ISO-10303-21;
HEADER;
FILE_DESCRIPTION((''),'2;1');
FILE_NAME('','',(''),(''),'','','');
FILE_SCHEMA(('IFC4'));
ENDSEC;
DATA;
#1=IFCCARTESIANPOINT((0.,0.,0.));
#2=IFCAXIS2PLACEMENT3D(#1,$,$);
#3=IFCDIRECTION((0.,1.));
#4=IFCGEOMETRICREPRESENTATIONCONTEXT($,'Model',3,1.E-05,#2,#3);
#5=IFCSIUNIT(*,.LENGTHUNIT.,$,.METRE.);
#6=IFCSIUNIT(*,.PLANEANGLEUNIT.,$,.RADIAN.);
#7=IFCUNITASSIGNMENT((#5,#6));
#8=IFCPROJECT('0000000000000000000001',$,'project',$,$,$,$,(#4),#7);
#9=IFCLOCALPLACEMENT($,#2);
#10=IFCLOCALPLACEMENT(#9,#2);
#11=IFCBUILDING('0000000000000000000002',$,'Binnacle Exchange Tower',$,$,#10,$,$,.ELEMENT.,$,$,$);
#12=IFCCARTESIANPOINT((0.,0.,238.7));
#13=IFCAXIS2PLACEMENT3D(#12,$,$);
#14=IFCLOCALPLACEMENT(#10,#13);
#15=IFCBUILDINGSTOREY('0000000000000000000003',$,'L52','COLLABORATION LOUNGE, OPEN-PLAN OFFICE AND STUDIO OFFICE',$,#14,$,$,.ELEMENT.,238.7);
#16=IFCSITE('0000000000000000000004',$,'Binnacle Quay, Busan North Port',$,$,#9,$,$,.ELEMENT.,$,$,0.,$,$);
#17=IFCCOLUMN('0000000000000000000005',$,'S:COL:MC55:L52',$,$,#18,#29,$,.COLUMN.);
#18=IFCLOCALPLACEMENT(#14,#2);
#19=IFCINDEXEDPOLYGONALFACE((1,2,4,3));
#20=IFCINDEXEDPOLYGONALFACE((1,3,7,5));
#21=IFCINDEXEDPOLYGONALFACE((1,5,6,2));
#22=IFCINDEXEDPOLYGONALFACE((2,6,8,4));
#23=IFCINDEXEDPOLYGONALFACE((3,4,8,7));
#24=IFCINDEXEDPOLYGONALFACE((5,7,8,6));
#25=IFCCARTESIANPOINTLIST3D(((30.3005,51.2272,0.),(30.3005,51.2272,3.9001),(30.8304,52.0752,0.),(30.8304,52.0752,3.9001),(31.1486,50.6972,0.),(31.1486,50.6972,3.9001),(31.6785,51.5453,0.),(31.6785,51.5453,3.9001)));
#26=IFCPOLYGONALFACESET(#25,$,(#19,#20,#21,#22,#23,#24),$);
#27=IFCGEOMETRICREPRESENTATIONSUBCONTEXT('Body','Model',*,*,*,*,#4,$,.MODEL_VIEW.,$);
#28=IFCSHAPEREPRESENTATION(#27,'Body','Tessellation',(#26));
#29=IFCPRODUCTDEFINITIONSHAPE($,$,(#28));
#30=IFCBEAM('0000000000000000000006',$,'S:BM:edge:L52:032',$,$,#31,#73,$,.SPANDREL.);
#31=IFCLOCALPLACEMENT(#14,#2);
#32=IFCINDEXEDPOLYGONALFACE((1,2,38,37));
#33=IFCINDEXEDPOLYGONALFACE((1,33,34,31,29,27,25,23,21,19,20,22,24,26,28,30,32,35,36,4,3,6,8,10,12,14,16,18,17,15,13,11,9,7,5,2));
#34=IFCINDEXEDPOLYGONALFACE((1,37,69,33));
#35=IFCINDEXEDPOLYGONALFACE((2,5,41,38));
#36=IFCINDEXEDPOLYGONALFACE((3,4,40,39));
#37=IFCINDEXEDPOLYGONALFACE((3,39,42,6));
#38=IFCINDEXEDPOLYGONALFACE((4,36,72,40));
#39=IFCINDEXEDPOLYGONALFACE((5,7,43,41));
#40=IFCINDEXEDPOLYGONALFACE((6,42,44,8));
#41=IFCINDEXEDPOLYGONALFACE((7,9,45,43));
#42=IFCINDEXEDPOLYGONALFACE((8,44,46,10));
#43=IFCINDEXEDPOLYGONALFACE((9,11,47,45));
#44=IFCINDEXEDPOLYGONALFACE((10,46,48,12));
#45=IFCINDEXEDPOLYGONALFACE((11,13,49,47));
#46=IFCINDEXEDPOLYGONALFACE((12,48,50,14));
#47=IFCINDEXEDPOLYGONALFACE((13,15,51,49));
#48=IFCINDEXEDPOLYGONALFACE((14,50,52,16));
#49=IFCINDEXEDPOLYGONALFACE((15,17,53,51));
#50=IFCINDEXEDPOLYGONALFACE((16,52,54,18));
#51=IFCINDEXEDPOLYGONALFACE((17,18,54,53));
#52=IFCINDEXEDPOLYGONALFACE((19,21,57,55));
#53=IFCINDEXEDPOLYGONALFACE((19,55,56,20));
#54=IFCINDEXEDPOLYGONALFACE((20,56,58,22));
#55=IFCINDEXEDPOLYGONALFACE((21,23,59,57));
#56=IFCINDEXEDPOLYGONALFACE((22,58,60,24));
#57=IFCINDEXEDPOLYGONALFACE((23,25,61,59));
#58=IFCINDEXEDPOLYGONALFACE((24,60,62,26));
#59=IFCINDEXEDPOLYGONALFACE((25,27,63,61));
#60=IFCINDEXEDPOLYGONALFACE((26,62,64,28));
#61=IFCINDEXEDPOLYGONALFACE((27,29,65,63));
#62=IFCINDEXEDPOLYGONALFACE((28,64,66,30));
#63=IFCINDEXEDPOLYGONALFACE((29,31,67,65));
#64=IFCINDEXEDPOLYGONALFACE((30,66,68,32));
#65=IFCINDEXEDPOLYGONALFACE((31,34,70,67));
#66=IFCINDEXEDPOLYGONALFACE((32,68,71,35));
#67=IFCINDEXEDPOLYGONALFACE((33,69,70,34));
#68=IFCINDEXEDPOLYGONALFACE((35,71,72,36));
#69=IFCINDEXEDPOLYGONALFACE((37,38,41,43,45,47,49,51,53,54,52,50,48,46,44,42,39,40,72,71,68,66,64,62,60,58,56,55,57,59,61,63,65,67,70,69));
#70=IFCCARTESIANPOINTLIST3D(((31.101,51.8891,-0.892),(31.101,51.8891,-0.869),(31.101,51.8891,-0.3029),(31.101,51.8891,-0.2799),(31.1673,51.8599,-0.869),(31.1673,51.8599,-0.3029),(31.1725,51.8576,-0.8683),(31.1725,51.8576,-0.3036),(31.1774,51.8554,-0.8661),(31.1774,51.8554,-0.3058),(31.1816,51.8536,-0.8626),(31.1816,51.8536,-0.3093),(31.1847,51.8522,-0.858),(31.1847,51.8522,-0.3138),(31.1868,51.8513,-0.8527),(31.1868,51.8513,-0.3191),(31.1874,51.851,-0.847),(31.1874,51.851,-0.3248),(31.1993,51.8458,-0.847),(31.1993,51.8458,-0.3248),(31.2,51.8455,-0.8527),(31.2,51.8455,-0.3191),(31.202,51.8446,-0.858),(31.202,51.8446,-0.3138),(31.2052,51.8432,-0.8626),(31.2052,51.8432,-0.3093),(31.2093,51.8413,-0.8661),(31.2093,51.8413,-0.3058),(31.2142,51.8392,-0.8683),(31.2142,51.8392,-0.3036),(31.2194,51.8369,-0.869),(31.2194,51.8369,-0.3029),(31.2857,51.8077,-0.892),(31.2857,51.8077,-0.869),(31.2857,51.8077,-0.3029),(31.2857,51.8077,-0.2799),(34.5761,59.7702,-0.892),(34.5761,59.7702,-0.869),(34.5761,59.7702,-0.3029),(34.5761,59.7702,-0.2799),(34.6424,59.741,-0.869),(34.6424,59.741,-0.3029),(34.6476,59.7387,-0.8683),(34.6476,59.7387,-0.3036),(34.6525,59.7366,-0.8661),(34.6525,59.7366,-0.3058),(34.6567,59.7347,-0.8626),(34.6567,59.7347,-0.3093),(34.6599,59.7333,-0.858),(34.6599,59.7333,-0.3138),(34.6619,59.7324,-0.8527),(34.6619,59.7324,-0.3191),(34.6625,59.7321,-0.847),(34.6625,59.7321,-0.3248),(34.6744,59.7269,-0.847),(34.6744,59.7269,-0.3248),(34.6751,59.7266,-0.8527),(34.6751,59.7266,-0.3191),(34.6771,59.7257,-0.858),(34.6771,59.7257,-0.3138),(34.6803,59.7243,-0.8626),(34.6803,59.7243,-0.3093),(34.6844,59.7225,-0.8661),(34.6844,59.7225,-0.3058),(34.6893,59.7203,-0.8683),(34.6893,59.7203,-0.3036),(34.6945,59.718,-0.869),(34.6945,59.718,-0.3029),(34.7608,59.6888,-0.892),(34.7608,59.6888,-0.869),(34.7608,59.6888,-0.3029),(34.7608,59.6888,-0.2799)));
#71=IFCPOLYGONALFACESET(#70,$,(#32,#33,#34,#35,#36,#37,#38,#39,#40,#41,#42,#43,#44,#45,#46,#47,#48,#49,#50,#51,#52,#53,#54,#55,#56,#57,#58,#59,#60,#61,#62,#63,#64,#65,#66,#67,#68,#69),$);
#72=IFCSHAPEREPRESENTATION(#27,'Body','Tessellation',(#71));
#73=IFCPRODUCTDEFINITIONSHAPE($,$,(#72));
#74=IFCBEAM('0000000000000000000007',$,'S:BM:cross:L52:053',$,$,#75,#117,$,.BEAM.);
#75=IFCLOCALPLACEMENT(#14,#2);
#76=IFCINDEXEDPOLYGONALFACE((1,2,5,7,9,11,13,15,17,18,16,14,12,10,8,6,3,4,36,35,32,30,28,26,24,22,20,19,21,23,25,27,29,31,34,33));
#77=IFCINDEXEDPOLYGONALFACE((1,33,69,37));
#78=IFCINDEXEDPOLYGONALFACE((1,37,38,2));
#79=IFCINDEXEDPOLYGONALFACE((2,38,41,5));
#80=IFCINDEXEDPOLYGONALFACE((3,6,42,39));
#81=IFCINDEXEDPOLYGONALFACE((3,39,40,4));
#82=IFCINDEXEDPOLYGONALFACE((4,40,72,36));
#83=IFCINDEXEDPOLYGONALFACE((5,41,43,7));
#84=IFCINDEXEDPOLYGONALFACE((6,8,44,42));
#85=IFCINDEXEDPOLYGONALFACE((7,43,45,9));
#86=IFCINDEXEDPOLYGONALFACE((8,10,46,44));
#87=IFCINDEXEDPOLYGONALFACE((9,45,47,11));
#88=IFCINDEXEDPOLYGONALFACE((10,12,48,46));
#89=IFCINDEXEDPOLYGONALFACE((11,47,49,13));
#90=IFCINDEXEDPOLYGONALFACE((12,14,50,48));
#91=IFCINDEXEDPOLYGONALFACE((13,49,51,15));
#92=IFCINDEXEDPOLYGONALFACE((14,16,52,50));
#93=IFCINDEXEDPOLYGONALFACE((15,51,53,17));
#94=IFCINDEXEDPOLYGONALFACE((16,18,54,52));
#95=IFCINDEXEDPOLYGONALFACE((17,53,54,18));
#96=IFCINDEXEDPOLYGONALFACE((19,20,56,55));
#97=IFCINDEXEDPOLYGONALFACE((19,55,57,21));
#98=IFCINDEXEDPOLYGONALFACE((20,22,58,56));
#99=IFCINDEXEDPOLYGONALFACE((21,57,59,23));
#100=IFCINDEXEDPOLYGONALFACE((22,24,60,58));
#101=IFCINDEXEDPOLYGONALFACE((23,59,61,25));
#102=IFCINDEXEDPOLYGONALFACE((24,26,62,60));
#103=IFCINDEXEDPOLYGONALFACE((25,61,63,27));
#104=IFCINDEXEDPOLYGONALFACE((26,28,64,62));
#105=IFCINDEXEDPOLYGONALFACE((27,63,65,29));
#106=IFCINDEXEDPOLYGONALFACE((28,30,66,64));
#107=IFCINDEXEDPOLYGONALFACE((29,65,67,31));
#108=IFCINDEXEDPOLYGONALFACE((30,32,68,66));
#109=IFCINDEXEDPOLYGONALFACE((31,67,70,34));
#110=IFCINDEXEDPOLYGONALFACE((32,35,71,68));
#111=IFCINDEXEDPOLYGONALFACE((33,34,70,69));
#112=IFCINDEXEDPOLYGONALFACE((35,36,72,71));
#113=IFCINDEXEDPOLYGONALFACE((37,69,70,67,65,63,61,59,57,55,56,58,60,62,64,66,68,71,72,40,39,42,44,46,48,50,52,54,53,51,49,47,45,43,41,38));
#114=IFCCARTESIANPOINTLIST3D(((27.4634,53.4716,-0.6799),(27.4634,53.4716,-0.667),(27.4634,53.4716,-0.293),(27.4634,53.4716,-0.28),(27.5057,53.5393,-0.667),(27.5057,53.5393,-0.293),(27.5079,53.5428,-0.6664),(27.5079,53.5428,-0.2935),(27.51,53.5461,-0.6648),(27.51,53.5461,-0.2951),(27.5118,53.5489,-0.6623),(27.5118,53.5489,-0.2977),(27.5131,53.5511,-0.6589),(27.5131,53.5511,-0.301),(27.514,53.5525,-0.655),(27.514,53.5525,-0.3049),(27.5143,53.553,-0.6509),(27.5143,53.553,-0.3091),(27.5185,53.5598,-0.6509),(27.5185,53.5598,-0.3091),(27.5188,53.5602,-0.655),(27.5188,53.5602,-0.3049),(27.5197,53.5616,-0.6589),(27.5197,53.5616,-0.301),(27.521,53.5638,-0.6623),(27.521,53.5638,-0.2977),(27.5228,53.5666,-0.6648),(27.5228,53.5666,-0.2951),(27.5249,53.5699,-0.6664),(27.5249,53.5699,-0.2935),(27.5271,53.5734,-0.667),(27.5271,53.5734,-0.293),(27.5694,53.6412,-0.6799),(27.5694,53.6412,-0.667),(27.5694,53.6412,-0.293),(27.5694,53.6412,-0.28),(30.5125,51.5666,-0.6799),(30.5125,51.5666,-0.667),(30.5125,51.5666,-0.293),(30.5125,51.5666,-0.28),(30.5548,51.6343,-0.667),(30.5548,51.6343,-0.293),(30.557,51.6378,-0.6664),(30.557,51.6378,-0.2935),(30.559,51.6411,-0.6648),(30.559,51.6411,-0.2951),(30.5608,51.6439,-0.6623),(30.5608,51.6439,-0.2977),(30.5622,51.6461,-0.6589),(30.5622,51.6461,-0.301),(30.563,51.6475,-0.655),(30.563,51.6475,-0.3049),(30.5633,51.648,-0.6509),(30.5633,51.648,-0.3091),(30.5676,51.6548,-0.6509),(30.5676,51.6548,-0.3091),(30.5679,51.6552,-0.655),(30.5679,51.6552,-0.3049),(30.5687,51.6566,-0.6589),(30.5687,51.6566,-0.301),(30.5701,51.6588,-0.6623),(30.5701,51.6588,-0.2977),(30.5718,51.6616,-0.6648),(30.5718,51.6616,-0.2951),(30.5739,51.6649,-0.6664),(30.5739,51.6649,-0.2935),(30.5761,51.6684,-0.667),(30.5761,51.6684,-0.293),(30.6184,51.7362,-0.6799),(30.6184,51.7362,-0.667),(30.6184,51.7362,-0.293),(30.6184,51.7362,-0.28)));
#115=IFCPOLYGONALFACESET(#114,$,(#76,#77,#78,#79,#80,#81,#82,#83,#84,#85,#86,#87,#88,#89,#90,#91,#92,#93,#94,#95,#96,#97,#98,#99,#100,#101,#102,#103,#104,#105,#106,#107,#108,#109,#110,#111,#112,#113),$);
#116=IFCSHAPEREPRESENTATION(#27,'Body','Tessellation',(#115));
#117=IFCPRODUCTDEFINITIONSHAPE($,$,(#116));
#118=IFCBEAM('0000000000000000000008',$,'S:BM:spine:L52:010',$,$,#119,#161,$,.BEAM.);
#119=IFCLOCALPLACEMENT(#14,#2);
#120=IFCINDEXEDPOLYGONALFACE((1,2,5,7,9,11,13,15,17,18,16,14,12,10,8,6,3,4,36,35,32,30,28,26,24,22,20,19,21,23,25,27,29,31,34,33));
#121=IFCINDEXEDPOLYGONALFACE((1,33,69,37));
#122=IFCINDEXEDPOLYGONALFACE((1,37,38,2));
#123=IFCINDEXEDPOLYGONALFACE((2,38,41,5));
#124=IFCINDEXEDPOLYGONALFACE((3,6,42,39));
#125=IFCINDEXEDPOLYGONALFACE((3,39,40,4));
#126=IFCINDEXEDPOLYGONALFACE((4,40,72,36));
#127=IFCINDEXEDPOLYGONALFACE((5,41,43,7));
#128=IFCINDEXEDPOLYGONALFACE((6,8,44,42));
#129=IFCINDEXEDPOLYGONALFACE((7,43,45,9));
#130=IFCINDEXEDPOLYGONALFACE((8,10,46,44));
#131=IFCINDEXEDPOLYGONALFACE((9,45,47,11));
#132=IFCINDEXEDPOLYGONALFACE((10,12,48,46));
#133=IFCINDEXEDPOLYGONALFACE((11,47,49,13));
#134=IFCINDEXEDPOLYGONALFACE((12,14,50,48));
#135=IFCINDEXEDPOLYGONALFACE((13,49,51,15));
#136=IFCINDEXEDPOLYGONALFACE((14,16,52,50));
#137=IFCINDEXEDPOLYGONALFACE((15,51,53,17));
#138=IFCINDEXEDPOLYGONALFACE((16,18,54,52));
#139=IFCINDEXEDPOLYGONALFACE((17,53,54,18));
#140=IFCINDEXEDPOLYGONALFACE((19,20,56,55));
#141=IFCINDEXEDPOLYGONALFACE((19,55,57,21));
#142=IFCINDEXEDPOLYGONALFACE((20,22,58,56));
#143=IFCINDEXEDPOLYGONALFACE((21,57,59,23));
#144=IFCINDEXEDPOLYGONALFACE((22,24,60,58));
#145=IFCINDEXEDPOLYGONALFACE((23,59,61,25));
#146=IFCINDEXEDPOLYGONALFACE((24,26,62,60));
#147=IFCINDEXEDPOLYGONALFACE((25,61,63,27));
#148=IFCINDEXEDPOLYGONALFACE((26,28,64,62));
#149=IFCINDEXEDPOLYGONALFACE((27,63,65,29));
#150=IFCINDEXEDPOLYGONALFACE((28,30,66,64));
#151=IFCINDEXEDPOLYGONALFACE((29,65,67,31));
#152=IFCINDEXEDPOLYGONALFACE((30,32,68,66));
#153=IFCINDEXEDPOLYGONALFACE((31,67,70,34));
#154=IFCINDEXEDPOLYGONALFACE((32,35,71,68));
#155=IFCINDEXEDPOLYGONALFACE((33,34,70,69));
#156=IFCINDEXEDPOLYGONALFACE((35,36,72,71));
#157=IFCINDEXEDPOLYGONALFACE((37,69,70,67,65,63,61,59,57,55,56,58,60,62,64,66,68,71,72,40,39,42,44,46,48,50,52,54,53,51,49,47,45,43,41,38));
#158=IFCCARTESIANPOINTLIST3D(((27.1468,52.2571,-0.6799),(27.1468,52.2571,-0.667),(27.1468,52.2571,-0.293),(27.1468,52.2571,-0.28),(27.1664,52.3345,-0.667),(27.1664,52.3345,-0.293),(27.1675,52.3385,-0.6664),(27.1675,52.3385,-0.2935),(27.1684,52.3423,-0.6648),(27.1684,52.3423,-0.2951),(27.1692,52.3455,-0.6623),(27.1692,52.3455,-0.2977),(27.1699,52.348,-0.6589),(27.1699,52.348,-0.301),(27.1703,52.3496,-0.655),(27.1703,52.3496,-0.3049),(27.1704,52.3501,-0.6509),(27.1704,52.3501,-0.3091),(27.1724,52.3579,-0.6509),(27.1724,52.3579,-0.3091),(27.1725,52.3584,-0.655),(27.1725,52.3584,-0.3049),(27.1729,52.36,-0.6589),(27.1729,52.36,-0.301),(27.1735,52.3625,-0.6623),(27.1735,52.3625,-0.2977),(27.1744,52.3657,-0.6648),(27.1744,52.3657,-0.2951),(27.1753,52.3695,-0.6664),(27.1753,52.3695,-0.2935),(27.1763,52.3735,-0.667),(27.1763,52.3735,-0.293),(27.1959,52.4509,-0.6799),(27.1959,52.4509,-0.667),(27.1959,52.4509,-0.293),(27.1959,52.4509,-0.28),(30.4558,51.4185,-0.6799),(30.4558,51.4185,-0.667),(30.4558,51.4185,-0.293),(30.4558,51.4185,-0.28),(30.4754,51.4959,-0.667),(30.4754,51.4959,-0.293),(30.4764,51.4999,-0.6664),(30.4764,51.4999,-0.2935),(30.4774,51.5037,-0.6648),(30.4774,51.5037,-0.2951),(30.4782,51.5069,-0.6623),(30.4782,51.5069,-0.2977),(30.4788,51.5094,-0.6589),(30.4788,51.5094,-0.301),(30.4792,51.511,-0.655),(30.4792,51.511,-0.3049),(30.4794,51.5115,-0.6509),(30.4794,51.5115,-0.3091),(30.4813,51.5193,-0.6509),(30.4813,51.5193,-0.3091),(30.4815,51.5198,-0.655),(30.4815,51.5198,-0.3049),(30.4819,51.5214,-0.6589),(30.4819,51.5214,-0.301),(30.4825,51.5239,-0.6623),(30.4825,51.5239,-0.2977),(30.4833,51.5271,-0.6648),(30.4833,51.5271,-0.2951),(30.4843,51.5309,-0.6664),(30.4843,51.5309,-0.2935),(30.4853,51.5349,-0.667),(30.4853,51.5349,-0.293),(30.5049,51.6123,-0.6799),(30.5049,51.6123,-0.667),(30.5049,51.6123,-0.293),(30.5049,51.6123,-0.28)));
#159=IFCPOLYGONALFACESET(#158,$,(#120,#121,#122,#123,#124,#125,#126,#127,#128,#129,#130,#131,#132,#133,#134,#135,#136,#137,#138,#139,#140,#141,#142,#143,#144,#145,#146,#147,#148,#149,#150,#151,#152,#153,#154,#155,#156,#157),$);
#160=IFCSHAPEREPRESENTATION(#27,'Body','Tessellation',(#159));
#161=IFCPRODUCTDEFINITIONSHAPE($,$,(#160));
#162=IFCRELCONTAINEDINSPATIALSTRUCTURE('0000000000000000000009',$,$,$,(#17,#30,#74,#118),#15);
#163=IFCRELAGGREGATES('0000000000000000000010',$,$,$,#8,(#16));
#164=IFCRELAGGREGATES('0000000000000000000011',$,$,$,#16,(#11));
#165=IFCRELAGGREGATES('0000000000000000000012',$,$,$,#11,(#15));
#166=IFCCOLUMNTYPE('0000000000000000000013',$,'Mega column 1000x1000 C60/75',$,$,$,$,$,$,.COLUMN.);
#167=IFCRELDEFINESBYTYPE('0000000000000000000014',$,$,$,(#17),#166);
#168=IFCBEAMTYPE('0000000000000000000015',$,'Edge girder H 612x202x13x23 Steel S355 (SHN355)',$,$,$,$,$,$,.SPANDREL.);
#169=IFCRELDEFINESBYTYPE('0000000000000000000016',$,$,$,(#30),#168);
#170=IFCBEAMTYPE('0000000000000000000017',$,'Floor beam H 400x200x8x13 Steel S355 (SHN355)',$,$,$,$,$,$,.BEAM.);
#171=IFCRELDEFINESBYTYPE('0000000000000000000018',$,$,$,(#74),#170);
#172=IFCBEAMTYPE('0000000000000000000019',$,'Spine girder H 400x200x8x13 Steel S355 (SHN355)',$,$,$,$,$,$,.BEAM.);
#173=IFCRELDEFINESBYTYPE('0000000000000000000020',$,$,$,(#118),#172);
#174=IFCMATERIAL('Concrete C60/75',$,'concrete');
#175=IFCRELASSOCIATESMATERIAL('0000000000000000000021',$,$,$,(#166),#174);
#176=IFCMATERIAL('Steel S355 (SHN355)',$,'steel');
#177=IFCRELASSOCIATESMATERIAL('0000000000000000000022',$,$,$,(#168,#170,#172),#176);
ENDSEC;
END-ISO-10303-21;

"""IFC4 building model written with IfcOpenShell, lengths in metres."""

from ifc_helpers import new_model, si_unit, direction, frame, origin, origin_2d, place, context, subcontext, project, spatial, rectangle, i_section, extrude, material, material_profile, profile_set, type_object, element, save


model = new_model("IFC4")

# Units and contexts
model_context = context("Model", 3, precision=1e-05, world=origin(), true_north=direction((0.0, 1.0)))
body_context = subcontext(model_context, "Body", "Model", "MODEL_VIEW")
ifc_project = project(units=[si_unit("LENGTHUNIT", "METRE"), si_unit("PLANEANGLEUNIT", "RADIAN")], contexts=[model_context])

# Site, building, storey
site_placement = place(None, origin())
site = spatial("IfcSite", under=ifc_project, at=site_placement, Name="Binnacle Quay, Busan North Port", CompositionType="ELEMENT", RefElevation=0.0)
building_placement = place(site_placement, origin())
building = spatial("IfcBuilding", under=site, at=building_placement, Name="Binnacle Exchange Tower", CompositionType="ELEMENT")
storey_placement = place(building_placement, frame((0.0, 0.0, 238.7)))
storey = spatial("IfcBuildingStorey", under=building, at=storey_placement, Name="L52", Description="COLLABORATION LOUNGE, OPEN-PLAN OFFICE AND STUDIO OFFICE", CompositionType="ELEMENT", Elevation=238.7)

# Column
ifc_material_1 = material(Name="Concrete C60/75", Category="concrete")
ifc_material_profile_1 = material_profile(ifc_material_1, rectangle(XDim=1.0, YDim=1.0, at=origin_2d()), Name="Mega column 1000x1000 C60/75")
ifc_profile_set_1 = profile_set([ifc_material_profile_1], Name="Concrete C60/75")
column_type = type_object("IfcColumnType", Name="Mega column 1000x1000 C60/75", PredefinedType="COLUMN", material=ifc_profile_set_1)
column_placement = place(storey_placement, frame((30.9895, 51.3862, 0.0), z_axis=(0.0, 0.0, 1.0), x_axis=(0.529919, 0.848048, 0.0)))
element("IfcColumn", 1, at=column_placement, inside=storey, type_object=column_type, Name="S:COL:MC55:L52", PredefinedType="COLUMN", context=body_context, shape_type="SweptSolid", body=[
    extrude(rectangle(XDim=1.0, YDim=1.0, at=origin_2d()), origin(), (0.0, 0.0, 1.0), 3.9001),
])

# Beams
ifc_material_2 = material(Name="Steel S355 (SHN355)", Category="steel")
ifc_material_profile_2 = material_profile(ifc_material_2, i_section(OverallWidth=0.2019, OverallDepth=0.6121, WebThickness=0.0129, FlangeThickness=0.0229, FilletRadius=0.022, at=origin_2d()), Name="H 612x202x13x23")
ifc_profile_set_2 = profile_set([ifc_material_profile_2], Name="Steel S355 (SHN355)")
beam_type_1 = type_object("IfcBeamType", Name="Edge girder H 612x202x13x23 Steel S355 (SHN355)", PredefinedType="SPANDREL", material=ifc_profile_set_2)
beam_1_placement = place(storey_placement, frame((31.1934, 51.8484, -0.5859), z_axis=(0.403459, 0.914998, 0.0), x_axis=(-0.914998, 0.403459, 0.0)))
element("IfcBeam", 2, at=beam_1_placement, inside=storey, type_object=beam_type_1, Name="S:BM:edge:L52:032", PredefinedType="SPANDREL", context=body_context, shape_type="SweptSolid", body=[
    extrude(i_section(OverallWidth=0.2019, OverallDepth=0.6121, WebThickness=0.0129, FlangeThickness=0.0229, FilletRadius=0.022, at=origin_2d()), origin(), (0.0, 0.0, 1.0), 8.6133),
])
ifc_material_profile_3 = material_profile(ifc_material_2, i_section(OverallWidth=0.2, OverallDepth=0.3999, WebThickness=0.0081, FlangeThickness=0.0129, FilletRadius=0.0161, at=origin_2d()), Name="H 400x200x8x13")
ifc_profile_set_3 = profile_set([ifc_material_profile_3], Name="Steel S355 (SHN355)")
beam_type_2 = type_object("IfcBeamType", Name="Floor beam H 400x200x8x13 Steel S355 (SHN355)", PredefinedType="BEAM", material=ifc_profile_set_3)
beam_2_placement = place(storey_placement, frame((30.5654, 51.6514, -0.48), z_axis=(-0.848078, 0.529871, 0.0), x_axis=(-0.529871, -0.848078, 0.0)))
element("IfcBeam", 3, at=beam_2_placement, inside=storey, type_object=beam_type_2, Name="S:BM:cross:L52:053", PredefinedType="BEAM", context=body_context, shape_type="SweptSolid", body=[
    extrude(i_section(OverallWidth=0.2, OverallDepth=0.3999, WebThickness=0.0081, FlangeThickness=0.0129, FilletRadius=0.0161, at=origin_2d()), origin(), (0.0, 0.0, 1.0), 3.5952),
])
ifc_material_profile_4 = material_profile(ifc_material_2, i_section(OverallWidth=0.2, OverallDepth=0.3999, WebThickness=0.0081, FlangeThickness=0.0129, FilletRadius=0.0161, at=origin_2d()), Name="H 400x200x8x13")
ifc_profile_set_4 = profile_set([ifc_material_profile_4], Name="Steel S355 (SHN355)")
beam_type_3 = type_object("IfcBeamType", Name="Spine girder H 400x200x8x13 Steel S355 (SHN355)", PredefinedType="BEAM", material=ifc_profile_set_4)
beam_3_placement = place(storey_placement, frame((27.1714, 52.354, -0.48), z_axis=(0.969355, -0.245664, 0.0), x_axis=(0.245664, 0.969355, 0.0)))
element("IfcBeam", 4, at=beam_3_placement, inside=storey, type_object=beam_type_3, Name="S:BM:spine:L52:010", PredefinedType="BEAM", context=body_context, shape_type="SweptSolid", body=[
    extrude(i_section(OverallWidth=0.2, OverallDepth=0.3999, WebThickness=0.0081, FlangeThickness=0.0129, FilletRadius=0.0161, at=origin_2d()), origin(), (0.0, 0.0, 1.0), 3.4136),
])

save(model, "model.ifc")
